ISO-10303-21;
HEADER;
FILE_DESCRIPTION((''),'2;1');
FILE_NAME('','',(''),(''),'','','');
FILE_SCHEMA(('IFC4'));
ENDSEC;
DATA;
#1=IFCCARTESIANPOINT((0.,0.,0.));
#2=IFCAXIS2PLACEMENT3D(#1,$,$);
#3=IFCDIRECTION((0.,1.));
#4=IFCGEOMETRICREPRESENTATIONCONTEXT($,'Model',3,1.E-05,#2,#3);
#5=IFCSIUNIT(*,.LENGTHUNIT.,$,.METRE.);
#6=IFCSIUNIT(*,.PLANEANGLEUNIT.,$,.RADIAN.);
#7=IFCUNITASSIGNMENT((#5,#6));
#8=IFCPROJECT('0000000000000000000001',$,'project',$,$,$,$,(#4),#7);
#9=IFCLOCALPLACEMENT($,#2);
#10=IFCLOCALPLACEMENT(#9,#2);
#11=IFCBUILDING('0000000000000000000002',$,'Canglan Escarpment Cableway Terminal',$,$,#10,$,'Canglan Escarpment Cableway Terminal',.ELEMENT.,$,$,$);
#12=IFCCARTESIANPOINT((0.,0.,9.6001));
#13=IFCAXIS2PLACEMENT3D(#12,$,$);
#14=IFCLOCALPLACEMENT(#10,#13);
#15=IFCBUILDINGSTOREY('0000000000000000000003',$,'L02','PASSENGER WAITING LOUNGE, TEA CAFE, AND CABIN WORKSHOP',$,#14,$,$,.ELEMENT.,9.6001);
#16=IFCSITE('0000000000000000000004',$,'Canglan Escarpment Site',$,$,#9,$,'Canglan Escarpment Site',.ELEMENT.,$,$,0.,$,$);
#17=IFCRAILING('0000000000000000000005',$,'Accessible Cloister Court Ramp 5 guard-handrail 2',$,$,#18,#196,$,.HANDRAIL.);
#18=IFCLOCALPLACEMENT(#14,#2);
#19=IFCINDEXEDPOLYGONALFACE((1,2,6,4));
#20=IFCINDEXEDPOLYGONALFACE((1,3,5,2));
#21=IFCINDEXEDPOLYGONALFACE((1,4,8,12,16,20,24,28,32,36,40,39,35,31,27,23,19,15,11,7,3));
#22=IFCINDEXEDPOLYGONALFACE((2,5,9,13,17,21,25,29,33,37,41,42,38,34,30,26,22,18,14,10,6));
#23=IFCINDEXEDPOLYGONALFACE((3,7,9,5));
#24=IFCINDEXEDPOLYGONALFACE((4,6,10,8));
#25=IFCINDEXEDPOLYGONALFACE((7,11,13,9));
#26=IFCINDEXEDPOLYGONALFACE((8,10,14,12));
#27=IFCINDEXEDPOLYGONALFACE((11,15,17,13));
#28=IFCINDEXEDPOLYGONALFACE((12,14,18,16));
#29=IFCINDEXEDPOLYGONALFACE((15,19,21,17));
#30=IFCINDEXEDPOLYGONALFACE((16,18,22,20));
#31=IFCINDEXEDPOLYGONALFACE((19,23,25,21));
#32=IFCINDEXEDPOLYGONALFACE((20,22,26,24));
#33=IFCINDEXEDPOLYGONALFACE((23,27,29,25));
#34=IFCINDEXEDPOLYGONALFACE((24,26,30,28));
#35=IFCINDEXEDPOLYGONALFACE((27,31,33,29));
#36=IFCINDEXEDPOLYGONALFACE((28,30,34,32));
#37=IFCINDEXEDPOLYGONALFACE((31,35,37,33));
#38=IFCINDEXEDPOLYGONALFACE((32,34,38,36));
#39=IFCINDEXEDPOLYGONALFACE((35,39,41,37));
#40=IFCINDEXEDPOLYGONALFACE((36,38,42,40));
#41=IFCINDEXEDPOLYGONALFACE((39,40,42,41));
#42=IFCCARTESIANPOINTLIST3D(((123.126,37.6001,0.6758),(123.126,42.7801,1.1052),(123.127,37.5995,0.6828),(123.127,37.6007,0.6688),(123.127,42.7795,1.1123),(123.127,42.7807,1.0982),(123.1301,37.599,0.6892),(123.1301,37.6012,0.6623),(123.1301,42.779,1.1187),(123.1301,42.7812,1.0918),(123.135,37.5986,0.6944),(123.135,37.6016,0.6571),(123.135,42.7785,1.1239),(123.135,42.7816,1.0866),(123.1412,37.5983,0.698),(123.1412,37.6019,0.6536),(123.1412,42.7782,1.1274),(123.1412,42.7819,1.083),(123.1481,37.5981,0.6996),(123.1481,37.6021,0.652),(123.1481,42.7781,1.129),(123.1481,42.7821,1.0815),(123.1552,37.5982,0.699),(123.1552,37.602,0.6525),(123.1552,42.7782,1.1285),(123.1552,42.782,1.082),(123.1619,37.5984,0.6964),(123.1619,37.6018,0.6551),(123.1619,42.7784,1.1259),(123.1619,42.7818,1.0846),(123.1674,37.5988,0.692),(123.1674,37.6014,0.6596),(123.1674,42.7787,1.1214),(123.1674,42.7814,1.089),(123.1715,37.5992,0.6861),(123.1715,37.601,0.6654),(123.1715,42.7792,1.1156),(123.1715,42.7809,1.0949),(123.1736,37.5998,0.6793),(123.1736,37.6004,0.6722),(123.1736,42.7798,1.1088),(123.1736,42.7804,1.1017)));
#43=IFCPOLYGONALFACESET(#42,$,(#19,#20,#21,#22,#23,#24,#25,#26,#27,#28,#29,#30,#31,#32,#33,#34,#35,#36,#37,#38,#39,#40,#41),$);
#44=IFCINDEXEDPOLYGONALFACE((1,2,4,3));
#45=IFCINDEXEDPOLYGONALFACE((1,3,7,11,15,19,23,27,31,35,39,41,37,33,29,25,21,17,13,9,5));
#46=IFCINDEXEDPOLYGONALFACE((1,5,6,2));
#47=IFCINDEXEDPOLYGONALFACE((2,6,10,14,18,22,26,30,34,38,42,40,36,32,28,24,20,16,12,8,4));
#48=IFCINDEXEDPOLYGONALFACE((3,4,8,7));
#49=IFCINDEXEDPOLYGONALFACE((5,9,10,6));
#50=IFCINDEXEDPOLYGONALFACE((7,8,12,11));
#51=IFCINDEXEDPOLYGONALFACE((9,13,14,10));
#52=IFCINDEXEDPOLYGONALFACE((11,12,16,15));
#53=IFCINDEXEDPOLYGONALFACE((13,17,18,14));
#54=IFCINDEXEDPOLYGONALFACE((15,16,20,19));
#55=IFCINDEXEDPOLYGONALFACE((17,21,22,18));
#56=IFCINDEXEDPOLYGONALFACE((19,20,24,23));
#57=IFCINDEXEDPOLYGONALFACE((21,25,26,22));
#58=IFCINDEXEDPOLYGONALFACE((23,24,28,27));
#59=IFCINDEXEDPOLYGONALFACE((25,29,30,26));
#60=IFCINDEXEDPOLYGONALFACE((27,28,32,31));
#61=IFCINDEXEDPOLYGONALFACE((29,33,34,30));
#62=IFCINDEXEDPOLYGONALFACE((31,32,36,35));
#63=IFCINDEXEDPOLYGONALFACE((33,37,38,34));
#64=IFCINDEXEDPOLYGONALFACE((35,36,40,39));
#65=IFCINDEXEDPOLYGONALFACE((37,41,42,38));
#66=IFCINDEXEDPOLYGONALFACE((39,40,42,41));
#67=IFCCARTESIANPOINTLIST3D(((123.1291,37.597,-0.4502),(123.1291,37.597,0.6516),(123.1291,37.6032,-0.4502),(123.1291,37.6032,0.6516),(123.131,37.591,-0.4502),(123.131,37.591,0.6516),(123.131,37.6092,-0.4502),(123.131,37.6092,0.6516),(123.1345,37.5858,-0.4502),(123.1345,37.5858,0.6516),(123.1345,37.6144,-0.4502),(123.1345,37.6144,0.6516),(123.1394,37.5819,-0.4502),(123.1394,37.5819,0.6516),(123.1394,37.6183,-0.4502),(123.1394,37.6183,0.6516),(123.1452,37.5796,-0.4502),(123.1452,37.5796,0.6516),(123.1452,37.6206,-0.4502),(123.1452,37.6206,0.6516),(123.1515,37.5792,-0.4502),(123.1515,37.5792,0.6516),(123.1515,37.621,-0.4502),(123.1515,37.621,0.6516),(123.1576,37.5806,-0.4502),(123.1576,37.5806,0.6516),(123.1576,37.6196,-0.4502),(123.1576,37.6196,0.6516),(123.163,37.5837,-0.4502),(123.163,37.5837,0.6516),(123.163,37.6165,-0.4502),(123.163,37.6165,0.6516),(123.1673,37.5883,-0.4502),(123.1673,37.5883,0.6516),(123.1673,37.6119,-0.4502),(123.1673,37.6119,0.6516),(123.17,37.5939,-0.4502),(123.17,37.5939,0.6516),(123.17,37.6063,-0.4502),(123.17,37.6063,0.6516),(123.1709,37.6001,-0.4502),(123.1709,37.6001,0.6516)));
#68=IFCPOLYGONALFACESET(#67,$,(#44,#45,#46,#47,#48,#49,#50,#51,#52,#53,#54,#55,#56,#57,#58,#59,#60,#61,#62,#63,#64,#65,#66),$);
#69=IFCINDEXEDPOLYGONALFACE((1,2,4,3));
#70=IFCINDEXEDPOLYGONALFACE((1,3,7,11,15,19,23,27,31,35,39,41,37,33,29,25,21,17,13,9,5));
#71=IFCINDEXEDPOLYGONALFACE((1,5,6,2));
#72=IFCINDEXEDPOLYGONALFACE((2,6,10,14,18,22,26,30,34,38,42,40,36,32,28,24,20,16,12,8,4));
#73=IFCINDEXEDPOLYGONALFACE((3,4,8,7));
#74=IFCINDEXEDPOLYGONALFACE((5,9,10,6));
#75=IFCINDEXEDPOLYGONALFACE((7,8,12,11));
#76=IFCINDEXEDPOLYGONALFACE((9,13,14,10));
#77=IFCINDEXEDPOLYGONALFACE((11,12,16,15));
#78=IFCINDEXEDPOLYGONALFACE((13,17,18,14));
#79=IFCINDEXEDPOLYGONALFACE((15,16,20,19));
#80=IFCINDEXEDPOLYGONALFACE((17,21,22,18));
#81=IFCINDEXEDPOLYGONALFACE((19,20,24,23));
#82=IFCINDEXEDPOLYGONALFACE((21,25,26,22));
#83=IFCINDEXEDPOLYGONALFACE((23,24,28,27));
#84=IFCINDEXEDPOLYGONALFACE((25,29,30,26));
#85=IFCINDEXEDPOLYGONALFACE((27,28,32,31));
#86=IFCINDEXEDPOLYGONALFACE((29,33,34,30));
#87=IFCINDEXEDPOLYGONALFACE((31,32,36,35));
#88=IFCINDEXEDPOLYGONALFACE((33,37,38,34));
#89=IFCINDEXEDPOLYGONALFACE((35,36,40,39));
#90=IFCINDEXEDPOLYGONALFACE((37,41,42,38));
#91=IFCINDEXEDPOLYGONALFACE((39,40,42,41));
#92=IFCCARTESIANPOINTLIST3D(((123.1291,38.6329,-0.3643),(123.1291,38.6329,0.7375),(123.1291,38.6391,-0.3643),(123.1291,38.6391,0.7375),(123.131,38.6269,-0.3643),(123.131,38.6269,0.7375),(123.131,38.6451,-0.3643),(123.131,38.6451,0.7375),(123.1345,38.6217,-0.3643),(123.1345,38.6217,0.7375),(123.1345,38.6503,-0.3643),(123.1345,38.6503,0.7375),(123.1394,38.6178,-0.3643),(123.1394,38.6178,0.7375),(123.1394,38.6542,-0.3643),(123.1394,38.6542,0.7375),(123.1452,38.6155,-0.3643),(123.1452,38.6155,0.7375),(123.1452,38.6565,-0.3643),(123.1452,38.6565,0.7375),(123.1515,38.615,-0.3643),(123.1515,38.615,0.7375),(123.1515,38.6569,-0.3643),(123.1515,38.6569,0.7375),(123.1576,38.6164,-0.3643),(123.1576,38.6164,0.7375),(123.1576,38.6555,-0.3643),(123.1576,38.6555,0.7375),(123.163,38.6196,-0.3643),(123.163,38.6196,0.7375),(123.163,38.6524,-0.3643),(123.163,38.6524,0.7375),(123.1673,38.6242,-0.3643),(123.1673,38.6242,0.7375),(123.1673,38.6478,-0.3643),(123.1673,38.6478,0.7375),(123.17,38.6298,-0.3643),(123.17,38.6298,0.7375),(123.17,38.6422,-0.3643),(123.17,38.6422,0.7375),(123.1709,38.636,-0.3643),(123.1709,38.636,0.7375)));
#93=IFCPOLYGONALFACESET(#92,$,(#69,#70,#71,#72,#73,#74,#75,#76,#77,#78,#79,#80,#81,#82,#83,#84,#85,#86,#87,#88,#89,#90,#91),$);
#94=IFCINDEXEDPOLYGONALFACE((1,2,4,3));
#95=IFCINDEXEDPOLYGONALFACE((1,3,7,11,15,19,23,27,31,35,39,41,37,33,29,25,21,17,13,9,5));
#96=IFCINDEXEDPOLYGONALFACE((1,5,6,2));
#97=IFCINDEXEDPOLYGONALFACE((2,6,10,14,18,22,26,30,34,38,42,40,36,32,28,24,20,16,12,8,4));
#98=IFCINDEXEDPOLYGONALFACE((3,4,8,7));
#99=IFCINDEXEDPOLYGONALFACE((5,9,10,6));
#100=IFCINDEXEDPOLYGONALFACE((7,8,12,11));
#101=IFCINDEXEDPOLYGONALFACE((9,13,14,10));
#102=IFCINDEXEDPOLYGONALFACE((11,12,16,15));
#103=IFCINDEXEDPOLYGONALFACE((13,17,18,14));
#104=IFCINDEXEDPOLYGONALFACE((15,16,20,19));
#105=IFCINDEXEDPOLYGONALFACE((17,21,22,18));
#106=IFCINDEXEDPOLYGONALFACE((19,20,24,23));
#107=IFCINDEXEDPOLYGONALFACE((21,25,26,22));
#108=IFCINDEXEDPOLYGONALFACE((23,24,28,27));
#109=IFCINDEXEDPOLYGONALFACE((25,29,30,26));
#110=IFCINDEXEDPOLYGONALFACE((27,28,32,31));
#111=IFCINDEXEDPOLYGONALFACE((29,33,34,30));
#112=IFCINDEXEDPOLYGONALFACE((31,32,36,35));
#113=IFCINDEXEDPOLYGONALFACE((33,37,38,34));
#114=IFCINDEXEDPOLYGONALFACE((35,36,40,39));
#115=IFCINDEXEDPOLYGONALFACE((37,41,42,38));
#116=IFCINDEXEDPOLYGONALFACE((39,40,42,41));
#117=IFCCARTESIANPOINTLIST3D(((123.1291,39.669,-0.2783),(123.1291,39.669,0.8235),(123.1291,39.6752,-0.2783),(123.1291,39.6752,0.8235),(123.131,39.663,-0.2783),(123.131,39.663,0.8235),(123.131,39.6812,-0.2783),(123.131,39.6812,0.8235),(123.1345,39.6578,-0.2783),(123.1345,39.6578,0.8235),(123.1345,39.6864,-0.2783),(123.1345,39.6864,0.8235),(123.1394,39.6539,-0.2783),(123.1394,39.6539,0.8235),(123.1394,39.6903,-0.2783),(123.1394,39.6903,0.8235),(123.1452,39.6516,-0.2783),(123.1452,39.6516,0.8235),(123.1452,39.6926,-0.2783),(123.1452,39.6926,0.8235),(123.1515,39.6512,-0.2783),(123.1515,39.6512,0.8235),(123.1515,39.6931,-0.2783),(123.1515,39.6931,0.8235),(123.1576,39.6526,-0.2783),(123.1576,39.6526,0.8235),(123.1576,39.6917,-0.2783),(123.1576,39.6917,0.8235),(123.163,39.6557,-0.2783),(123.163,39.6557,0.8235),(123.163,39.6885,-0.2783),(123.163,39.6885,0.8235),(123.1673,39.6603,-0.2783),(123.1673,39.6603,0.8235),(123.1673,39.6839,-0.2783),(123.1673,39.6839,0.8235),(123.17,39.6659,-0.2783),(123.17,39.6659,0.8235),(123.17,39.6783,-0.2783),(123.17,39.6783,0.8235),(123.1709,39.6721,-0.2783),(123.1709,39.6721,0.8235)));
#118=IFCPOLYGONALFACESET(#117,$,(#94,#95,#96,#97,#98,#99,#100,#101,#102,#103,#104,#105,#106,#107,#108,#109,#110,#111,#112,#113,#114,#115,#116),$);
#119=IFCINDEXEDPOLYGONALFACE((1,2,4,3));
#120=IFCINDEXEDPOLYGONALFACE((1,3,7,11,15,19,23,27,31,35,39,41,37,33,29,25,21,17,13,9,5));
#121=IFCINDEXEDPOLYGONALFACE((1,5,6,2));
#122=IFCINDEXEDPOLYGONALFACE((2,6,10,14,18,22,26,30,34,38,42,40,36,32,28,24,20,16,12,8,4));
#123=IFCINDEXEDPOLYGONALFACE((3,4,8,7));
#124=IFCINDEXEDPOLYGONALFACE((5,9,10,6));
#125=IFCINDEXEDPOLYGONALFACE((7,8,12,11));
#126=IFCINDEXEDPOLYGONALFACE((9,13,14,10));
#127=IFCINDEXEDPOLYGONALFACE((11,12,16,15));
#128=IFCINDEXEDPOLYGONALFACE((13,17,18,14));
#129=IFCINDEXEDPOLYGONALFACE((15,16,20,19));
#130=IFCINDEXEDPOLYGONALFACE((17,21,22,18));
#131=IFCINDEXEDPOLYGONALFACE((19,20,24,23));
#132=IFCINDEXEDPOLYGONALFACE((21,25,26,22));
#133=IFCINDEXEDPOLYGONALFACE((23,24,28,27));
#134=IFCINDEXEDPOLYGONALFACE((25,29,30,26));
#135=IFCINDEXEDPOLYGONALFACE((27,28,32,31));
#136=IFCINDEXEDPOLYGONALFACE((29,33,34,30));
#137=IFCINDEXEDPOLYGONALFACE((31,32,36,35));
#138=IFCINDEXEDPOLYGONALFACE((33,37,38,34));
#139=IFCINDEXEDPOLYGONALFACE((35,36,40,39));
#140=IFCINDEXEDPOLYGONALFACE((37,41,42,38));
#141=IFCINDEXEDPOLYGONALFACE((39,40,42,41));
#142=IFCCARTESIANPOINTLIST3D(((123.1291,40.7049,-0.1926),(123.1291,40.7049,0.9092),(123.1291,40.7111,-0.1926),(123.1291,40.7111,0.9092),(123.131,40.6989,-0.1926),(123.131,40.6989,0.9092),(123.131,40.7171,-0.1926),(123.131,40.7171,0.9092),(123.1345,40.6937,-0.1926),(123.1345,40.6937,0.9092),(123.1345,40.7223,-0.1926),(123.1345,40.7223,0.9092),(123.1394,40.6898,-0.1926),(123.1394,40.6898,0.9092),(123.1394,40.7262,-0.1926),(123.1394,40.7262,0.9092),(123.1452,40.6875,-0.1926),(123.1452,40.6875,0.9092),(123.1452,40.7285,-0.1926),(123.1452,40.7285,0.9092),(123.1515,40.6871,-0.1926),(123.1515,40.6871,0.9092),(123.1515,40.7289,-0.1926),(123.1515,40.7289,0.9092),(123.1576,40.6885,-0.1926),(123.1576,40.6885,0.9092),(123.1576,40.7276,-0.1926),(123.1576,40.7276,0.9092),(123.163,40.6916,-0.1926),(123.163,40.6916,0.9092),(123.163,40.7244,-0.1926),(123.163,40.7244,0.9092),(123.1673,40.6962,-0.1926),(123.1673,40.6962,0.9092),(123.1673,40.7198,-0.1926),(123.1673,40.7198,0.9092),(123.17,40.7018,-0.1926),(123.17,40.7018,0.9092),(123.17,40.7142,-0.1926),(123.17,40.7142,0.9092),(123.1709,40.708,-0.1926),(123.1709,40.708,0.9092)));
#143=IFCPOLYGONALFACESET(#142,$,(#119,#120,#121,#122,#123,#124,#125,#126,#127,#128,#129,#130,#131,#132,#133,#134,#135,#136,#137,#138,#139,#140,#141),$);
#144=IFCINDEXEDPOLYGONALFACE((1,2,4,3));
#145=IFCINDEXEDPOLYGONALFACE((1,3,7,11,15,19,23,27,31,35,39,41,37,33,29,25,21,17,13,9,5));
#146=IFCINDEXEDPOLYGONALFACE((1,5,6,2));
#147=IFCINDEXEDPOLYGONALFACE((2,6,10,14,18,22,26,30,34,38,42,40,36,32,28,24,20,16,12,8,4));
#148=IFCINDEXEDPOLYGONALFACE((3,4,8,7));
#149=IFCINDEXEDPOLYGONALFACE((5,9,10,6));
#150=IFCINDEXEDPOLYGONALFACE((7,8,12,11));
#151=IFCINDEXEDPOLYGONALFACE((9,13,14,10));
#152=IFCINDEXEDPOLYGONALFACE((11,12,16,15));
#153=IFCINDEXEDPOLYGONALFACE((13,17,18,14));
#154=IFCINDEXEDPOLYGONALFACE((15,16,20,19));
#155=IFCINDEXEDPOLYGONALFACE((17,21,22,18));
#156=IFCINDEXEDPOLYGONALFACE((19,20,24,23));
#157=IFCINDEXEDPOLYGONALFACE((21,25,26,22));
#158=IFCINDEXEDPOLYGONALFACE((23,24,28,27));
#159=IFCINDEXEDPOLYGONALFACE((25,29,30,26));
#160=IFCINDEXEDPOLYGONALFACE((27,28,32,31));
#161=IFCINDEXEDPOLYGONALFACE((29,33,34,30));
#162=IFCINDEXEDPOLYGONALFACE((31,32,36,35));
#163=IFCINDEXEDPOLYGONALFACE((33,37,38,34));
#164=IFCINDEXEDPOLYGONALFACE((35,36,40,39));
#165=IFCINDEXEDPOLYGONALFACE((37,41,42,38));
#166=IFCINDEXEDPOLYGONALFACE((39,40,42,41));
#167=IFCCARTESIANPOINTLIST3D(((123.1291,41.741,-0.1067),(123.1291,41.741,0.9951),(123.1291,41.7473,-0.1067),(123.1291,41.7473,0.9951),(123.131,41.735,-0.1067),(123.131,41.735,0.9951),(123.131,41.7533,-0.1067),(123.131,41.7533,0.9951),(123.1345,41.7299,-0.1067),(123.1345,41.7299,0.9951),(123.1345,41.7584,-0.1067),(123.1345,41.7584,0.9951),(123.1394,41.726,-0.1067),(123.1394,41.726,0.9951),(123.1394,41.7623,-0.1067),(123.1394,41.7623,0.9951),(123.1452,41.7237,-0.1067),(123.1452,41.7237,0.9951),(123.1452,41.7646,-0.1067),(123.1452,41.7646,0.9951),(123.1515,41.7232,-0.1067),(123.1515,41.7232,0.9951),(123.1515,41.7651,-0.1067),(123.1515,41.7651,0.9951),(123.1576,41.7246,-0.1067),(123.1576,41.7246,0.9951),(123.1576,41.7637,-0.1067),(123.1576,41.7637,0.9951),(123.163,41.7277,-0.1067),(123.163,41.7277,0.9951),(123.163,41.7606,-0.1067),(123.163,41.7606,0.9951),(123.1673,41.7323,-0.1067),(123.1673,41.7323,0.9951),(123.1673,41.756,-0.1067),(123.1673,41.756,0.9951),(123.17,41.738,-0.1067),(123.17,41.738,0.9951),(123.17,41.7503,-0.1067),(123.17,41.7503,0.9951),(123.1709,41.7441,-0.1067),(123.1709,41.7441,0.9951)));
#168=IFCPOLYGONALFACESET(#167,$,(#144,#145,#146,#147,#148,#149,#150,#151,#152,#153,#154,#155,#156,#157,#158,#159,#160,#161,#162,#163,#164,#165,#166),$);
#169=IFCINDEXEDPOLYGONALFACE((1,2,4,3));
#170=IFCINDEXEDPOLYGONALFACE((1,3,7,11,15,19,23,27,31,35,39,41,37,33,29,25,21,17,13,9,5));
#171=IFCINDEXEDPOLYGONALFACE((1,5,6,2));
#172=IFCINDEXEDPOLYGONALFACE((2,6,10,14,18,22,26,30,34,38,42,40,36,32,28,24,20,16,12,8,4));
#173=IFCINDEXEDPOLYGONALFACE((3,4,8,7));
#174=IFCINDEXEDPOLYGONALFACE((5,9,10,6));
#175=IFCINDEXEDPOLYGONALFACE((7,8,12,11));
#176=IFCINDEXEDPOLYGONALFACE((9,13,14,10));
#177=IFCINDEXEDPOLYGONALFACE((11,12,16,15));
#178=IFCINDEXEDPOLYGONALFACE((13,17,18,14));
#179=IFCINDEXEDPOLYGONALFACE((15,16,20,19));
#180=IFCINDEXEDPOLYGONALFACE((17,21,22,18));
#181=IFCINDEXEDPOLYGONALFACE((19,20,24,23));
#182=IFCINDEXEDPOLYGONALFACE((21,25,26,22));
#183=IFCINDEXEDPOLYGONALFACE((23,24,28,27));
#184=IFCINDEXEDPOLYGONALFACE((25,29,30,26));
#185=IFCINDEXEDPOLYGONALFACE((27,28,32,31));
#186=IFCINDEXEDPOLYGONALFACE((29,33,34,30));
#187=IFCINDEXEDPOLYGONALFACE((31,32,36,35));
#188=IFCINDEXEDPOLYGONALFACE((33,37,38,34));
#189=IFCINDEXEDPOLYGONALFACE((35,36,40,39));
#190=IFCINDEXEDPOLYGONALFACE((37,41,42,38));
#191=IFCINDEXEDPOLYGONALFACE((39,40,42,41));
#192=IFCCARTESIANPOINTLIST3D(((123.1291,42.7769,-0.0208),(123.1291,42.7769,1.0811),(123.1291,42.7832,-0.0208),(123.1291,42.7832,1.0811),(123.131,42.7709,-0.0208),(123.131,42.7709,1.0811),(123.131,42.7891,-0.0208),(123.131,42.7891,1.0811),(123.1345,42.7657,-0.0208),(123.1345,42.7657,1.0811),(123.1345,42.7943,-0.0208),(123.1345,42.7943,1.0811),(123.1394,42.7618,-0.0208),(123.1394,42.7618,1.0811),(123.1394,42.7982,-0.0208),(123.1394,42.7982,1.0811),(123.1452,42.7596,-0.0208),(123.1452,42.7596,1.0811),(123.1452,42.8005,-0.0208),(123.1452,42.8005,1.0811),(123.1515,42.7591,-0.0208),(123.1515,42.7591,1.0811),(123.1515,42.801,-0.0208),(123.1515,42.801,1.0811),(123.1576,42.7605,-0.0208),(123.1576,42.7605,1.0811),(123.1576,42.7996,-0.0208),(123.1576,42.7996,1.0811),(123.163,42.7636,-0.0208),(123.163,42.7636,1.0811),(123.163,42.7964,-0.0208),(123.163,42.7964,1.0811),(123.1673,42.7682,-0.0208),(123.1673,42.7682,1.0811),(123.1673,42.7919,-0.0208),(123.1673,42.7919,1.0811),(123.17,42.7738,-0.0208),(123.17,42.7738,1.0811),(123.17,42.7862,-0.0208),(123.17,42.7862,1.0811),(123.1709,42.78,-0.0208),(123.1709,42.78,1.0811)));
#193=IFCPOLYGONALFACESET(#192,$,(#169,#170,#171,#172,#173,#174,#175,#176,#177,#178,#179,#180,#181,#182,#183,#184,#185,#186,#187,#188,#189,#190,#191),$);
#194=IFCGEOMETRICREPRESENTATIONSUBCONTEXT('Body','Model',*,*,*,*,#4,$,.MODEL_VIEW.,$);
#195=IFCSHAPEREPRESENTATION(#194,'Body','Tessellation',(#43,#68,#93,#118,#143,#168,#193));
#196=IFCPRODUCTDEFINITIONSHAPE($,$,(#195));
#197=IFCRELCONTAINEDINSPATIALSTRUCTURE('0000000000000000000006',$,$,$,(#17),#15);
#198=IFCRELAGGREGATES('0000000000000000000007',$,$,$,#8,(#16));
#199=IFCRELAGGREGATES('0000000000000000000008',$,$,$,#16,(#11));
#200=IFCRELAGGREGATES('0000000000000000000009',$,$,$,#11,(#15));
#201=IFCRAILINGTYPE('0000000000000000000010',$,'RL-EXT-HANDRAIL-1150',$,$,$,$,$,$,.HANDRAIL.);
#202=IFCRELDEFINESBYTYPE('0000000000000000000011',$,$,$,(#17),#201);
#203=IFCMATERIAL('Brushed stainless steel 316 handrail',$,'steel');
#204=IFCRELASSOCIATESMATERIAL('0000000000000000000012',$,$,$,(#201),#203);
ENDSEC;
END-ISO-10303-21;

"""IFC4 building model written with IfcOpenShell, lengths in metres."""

from ifc_helpers import new_model, si_unit, direction, frame, origin, origin_2d, place, context, subcontext, project, spatial, circle, extrude, material, type_object, element, save


model = new_model("IFC4")

# Units and contexts
model_context = context("Model", 3, precision=1e-05, world=origin(), true_north=direction((0.0, 1.0)))
body_context = subcontext(model_context, "Body", "Model", "MODEL_VIEW")
ifc_project = project(units=[si_unit("LENGTHUNIT", "METRE"), si_unit("PLANEANGLEUNIT", "RADIAN")], contexts=[model_context])

# Site, building, storey
site_placement = place(None, origin())
site = spatial("IfcSite", under=ifc_project, at=site_placement, Name="Canglan Escarpment Site", LongName="Canglan Escarpment Site", CompositionType="ELEMENT", RefElevation=0.0)
building_placement = place(site_placement, origin())
building = spatial("IfcBuilding", under=site, at=building_placement, Name="Canglan Escarpment Cableway Terminal", LongName="Canglan Escarpment Cableway Terminal", CompositionType="ELEMENT")
storey_placement = place(building_placement, frame((0.0, 0.0, 9.6001)))
storey = spatial("IfcBuildingStorey", under=building, at=storey_placement, Name="L02", Description="PASSENGER WAITING LOUNGE, TEA CAFE, AND CABIN WORKSHOP", CompositionType="ELEMENT", Elevation=9.6001)

# Railing
ifc_material_1 = material(Name="Brushed stainless steel 316 handrail", Category="steel")
railing_type_1 = type_object("IfcRailingType", Name="RL-EXT-HANDRAIL-1150", PredefinedType="HANDRAIL", material=ifc_material_1)
for number, where, name in (
    (1, (123.1499, 37.6001, -0.4502), "Accessible Cloister Court Ramp 5 guard-handrail 2"),
):
    element("IfcRailing", number, at=place(storey_placement, frame(where)), inside=storey, type_object=railing_type_1, Name=name, PredefinedType="HANDRAIL", context=body_context, shape_type="SweptSolid", body=[
        extrude(circle(Radius=0.0239, at=origin_2d()), frame((0.0, 0.0, 1.126), z_axis=(0.0, 0.996581, 0.082622), x_axis=(-1.0, 0.0, 0.0)), (0.0, 0.0, 1.0), 5.1978),
        extrude(circle(Radius=0.021, at=origin_2d()), origin(), (0.0, 0.0, 1.0), 1.1018),
        extrude(circle(Radius=0.021, at=origin_2d()), frame((0.0, 1.0359, 0.0859)), (0.0, 0.0, 1.0), 1.1018),
        extrude(circle(Radius=0.021, at=origin_2d()), frame((0.0, 2.072, 0.1719)), (0.0, 0.0, 1.0), 1.1018),
        extrude(circle(Radius=0.021, at=origin_2d()), frame((0.0, 3.1079, 0.2576)), (0.0, 0.0, 1.0), 1.1018),
        extrude(circle(Radius=0.021, at=origin_2d()), frame((0.0, 4.144, 0.3435)), (0.0, 0.0, 1.0), 1.1018),
        extrude(circle(Radius=0.021, at=origin_2d()), frame((0.0, 5.1799, 0.4294)), (0.0, 0.0, 1.0), 1.1018),
    ])

save(model, "model.ifc")
